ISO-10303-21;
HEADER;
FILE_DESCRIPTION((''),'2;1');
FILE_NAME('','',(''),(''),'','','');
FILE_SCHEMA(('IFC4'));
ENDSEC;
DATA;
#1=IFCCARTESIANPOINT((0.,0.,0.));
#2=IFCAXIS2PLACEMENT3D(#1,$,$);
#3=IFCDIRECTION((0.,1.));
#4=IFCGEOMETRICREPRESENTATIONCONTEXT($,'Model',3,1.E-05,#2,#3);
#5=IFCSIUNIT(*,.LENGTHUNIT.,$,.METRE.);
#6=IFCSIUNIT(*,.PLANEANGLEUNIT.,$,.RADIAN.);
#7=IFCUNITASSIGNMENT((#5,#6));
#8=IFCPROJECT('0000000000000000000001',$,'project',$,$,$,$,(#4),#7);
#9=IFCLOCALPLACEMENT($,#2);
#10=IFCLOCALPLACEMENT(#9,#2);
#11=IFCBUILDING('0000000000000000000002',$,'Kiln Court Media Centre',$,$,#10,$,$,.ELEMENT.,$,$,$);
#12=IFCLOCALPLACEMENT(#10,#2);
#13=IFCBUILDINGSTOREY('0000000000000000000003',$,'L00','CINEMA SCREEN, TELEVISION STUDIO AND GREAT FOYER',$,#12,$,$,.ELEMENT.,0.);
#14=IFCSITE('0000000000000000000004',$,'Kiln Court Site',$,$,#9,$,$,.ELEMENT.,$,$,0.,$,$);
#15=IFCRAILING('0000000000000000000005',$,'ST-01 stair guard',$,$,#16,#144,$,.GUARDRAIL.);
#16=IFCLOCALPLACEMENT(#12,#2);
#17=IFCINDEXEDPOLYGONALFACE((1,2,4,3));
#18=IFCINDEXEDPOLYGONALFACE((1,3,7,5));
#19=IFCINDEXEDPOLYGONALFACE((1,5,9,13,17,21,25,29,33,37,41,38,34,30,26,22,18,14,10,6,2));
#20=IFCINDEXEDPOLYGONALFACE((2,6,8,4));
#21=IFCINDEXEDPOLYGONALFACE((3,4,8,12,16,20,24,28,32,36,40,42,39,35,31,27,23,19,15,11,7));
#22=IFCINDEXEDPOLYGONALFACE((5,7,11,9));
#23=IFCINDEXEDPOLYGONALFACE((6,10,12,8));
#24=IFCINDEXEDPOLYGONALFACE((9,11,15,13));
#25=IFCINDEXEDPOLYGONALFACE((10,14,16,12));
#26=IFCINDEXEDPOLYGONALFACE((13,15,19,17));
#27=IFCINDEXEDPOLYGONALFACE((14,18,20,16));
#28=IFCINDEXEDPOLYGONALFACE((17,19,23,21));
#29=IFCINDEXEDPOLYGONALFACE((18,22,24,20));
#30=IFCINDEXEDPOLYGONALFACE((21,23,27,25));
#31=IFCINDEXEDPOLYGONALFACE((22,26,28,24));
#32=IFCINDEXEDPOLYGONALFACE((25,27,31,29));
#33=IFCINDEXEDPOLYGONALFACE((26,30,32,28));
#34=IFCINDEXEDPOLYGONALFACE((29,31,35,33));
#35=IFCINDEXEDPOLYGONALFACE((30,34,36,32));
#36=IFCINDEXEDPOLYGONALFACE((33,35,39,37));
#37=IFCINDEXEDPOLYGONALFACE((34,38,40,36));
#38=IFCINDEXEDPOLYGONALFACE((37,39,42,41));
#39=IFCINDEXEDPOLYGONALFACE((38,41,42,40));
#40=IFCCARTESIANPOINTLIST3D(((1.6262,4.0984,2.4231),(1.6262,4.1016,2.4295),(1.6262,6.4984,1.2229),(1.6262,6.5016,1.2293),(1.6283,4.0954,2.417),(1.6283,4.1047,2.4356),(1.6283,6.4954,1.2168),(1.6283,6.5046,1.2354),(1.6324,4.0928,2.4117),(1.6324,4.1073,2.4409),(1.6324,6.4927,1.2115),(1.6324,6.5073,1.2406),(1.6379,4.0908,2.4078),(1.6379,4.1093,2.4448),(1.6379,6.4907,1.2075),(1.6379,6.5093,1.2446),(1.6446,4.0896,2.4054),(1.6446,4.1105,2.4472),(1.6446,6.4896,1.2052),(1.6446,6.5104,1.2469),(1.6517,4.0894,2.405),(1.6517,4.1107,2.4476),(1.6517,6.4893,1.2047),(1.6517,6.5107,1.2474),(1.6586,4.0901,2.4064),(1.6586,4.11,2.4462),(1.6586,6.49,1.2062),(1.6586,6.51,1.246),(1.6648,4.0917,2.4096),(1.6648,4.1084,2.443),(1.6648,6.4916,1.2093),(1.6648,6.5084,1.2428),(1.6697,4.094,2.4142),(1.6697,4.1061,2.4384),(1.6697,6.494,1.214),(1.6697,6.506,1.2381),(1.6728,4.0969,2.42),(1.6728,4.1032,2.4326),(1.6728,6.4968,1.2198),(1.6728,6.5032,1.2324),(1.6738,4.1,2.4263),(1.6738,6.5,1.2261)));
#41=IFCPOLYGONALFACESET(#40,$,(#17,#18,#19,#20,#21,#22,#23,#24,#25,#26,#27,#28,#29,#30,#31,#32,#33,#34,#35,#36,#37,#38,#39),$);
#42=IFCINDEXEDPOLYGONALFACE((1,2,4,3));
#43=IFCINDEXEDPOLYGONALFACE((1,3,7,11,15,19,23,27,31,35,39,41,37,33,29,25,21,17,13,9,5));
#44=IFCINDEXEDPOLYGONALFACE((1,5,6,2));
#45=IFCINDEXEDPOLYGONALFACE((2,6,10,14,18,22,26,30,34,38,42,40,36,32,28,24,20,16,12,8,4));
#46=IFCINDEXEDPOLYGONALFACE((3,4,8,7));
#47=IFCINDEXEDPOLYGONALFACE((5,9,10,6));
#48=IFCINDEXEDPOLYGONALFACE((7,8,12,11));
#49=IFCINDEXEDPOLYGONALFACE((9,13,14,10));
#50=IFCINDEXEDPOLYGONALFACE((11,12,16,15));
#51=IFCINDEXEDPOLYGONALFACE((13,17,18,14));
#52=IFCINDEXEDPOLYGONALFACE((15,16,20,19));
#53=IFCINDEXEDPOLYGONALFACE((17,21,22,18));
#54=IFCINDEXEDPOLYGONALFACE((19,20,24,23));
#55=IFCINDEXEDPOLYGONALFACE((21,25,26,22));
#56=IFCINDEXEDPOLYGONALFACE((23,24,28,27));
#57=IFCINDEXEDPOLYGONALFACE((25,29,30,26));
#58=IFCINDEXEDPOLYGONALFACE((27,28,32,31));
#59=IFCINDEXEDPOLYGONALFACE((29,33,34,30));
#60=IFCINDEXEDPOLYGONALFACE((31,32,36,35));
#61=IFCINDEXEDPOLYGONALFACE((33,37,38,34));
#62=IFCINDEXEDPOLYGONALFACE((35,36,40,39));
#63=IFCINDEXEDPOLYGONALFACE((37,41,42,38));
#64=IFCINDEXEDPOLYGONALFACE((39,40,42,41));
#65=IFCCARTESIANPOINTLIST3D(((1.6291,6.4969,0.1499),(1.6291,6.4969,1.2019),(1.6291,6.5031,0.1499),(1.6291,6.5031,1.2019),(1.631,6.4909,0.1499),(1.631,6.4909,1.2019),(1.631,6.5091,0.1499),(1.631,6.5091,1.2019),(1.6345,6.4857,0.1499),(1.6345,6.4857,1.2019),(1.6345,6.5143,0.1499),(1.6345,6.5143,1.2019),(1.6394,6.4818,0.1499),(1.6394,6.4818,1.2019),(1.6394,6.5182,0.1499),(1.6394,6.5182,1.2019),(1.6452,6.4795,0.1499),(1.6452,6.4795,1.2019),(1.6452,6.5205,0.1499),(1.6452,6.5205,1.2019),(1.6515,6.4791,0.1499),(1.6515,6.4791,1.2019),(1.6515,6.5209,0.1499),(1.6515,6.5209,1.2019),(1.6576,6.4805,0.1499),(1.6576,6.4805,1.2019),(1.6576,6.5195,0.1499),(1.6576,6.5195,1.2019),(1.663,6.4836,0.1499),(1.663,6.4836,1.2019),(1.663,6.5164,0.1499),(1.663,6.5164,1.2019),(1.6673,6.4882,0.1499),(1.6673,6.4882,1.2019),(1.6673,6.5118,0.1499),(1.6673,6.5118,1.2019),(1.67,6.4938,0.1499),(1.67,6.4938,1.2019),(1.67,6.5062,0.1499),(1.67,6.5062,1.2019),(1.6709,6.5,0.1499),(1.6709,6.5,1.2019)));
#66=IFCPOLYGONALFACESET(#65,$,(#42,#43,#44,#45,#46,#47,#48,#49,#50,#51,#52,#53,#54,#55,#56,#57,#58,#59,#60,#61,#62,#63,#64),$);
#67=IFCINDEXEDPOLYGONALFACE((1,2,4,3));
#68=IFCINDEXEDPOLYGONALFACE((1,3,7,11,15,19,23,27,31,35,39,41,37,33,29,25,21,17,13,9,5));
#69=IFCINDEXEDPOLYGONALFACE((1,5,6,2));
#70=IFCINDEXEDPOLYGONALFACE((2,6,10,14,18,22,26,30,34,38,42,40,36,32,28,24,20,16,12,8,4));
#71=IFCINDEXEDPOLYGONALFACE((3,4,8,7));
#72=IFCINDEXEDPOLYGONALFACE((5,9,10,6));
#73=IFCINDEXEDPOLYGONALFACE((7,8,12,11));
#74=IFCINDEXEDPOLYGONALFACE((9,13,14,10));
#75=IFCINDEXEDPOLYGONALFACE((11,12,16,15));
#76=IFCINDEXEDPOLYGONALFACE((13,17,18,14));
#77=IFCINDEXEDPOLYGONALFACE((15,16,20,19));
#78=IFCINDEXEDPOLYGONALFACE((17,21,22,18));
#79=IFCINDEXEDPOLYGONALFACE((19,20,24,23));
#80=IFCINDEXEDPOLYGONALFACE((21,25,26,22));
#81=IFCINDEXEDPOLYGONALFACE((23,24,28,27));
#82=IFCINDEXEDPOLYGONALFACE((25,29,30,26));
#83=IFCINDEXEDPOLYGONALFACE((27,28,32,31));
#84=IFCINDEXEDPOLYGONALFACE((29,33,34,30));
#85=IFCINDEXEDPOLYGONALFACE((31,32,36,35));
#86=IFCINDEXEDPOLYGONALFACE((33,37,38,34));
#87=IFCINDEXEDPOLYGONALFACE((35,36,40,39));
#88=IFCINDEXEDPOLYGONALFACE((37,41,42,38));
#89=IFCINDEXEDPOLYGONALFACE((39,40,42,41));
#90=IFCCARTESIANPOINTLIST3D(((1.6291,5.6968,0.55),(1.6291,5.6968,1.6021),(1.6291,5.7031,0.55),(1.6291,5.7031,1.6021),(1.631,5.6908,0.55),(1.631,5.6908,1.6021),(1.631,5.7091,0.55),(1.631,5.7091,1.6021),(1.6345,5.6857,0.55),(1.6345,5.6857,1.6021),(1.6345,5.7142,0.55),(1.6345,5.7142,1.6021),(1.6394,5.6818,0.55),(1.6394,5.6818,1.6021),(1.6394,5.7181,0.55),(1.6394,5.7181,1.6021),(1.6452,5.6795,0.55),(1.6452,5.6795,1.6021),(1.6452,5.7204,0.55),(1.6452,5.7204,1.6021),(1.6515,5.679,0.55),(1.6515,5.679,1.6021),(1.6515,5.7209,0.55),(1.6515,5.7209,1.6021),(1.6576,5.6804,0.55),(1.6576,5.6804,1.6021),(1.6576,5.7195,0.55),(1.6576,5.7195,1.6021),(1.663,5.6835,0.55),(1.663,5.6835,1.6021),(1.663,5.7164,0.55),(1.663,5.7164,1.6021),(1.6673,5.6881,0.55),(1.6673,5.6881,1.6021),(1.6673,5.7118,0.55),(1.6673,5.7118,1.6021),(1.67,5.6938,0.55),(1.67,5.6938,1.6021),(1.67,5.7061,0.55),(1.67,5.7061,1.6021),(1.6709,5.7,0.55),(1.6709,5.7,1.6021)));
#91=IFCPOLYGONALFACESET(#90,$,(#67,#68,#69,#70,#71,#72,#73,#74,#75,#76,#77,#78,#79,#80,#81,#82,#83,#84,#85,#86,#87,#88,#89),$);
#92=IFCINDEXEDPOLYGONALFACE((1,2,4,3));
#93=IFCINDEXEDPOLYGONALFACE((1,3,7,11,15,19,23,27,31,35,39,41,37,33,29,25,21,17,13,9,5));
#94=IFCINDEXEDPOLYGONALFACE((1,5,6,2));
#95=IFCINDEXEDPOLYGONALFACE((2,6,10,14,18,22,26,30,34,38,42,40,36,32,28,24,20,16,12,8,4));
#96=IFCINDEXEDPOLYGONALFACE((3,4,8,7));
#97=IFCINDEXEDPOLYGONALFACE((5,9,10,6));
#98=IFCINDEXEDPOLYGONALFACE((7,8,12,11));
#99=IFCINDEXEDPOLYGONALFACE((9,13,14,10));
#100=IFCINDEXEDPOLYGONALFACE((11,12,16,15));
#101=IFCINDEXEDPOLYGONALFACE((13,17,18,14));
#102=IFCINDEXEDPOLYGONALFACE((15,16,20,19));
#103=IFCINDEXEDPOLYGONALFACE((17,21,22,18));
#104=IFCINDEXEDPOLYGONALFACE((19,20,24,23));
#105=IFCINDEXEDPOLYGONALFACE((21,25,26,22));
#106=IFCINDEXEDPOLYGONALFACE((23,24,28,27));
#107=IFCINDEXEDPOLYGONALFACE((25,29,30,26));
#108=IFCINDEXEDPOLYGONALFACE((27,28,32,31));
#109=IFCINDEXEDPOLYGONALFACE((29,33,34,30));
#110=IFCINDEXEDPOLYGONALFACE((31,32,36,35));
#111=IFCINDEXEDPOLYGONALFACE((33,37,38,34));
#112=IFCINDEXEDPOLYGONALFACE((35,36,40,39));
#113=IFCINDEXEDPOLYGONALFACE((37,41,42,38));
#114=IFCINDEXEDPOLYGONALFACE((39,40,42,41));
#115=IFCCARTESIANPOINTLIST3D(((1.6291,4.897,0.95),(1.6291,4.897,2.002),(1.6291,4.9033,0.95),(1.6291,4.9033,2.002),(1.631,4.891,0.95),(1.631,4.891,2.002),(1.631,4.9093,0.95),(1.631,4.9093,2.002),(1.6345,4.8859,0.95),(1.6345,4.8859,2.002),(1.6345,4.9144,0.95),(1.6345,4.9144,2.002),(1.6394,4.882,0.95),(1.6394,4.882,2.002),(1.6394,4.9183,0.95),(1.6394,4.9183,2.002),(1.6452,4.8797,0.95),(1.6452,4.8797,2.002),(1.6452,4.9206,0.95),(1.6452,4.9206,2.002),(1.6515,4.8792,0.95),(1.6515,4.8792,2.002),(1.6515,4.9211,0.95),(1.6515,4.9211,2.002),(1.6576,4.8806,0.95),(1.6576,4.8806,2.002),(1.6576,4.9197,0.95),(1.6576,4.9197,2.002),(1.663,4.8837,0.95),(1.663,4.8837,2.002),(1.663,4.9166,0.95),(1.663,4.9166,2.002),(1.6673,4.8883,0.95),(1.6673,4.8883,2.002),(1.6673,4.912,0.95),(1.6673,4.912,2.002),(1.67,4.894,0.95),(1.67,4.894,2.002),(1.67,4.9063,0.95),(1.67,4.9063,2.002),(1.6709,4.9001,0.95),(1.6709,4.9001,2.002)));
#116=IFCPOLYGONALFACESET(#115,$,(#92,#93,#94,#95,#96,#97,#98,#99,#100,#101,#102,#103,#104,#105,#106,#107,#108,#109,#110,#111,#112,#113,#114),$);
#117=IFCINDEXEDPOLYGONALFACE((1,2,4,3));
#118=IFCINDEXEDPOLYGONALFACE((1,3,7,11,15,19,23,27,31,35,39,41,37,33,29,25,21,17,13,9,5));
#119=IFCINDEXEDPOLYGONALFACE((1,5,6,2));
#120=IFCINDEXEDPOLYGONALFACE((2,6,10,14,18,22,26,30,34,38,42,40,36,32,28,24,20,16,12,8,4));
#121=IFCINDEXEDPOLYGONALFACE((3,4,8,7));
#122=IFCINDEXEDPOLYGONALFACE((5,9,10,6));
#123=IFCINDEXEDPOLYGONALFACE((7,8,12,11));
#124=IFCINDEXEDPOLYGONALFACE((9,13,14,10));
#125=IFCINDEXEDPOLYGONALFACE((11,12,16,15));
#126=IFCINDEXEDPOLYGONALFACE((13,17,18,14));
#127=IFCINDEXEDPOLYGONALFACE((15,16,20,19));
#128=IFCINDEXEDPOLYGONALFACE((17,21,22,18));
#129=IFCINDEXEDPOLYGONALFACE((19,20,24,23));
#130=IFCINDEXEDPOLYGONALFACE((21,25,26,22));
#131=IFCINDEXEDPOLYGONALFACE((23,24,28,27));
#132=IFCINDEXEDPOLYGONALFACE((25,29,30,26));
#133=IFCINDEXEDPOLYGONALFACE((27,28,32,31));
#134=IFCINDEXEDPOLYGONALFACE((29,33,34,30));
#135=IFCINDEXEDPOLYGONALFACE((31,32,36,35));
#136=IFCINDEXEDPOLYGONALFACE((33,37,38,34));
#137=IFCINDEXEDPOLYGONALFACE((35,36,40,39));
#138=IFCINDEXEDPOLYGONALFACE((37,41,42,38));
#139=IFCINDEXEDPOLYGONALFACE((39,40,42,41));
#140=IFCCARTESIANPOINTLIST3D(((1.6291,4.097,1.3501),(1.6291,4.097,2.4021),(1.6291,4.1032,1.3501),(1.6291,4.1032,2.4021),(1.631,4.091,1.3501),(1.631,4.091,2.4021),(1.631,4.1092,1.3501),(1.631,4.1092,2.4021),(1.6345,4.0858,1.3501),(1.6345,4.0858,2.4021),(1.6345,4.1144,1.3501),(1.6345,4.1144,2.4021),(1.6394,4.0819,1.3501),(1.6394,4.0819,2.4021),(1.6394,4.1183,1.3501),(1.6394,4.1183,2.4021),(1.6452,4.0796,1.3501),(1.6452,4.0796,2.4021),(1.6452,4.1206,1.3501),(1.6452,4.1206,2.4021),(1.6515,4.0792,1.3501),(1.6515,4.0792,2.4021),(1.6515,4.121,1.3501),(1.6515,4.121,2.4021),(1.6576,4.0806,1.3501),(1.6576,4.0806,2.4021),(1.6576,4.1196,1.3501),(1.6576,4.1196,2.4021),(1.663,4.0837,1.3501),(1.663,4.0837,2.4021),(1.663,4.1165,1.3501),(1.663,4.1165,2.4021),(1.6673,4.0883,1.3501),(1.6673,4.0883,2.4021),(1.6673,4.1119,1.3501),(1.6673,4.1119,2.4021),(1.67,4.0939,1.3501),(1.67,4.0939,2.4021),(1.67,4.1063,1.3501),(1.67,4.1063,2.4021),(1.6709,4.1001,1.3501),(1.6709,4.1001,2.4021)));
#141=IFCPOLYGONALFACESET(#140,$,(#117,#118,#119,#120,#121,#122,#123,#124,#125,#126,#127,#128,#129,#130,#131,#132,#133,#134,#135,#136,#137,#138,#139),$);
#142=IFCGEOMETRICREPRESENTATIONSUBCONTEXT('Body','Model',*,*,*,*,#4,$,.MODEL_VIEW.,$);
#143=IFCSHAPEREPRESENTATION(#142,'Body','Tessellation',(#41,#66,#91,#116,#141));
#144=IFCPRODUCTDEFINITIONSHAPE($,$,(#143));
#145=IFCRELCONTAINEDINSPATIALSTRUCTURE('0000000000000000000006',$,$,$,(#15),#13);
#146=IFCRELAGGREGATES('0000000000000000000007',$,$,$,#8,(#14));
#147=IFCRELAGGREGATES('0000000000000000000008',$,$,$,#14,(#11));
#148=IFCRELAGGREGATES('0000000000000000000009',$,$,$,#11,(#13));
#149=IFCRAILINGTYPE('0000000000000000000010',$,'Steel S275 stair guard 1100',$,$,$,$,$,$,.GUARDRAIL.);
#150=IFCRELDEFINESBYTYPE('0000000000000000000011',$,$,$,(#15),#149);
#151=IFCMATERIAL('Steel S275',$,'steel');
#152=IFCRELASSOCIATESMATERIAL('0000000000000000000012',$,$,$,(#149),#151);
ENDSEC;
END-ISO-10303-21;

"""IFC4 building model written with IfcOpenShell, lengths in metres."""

from ifc_helpers import new_model, si_unit, direction, frame, origin, origin_2d, place, context, subcontext, project, spatial, circle, extrude, material, type_object, element, save


model = new_model("IFC4")

# Units and contexts
model_context = context("Model", 3, precision=1e-05, world=origin(), true_north=direction((0.0, 1.0)))
body_context = subcontext(model_context, "Body", "Model", "MODEL_VIEW")
ifc_project = project(units=[si_unit("LENGTHUNIT", "METRE"), si_unit("PLANEANGLEUNIT", "RADIAN")], contexts=[model_context])

# Site, building, storey
site_placement = place(None, origin())
site = spatial("IfcSite", under=ifc_project, at=site_placement, Name="Kiln Court Site", CompositionType="ELEMENT", RefElevation=0.0)
building_placement = place(site_placement, origin())
building = spatial("IfcBuilding", under=site, at=building_placement, Name="Kiln Court Media Centre", CompositionType="ELEMENT")
storey_placement = place(building_placement, origin())
storey = spatial("IfcBuildingStorey", under=building, at=storey_placement, Name="L00", Description="CINEMA SCREEN, TELEVISION STUDIO AND GREAT FOYER", CompositionType="ELEMENT", Elevation=0.0)

# Railing
ifc_material_1 = material(Name="Steel S275", Category="steel")
railing_type_1 = type_object("IfcRailingType", Name="Steel S275 stair guard 1100", PredefinedType="GUARDRAIL", material=ifc_material_1)
railing_1_placement = place(storey_placement, frame((1.6499, 6.5, 0.1499)))
element("IfcRailing", 1, at=railing_1_placement, inside=storey, type_object=railing_type_1, Name="ST-01 stair guard", PredefinedType="GUARDRAIL", context=body_context, shape_type="SweptSolid", body=[
    extrude(circle(Radius=0.0239, at=origin_2d()), frame((0.0, 0.0, 1.0762), z_axis=(0.0, -0.894391, 0.447286), x_axis=(1.0, 0.0, 0.0)), (0.0, 0.0, 1.0), 2.6833),
    extrude(circle(Radius=0.021, at=origin_2d()), origin(), (0.0, 0.0, 1.0), 1.052),
    extrude(circle(Radius=0.021, at=origin_2d()), frame((0.0, -0.8, 0.4001)), (0.0, 0.0, 1.0), 1.052),
    extrude(circle(Radius=0.021, at=origin_2d()), frame((0.0, -1.5999, 0.8)), (0.0, 0.0, 1.0), 1.052),
    extrude(circle(Radius=0.021, at=origin_2d()), frame((0.0, -2.3999, 1.2002)), (0.0, 0.0, 1.0), 1.052),
])

save(model, "model.ifc")
